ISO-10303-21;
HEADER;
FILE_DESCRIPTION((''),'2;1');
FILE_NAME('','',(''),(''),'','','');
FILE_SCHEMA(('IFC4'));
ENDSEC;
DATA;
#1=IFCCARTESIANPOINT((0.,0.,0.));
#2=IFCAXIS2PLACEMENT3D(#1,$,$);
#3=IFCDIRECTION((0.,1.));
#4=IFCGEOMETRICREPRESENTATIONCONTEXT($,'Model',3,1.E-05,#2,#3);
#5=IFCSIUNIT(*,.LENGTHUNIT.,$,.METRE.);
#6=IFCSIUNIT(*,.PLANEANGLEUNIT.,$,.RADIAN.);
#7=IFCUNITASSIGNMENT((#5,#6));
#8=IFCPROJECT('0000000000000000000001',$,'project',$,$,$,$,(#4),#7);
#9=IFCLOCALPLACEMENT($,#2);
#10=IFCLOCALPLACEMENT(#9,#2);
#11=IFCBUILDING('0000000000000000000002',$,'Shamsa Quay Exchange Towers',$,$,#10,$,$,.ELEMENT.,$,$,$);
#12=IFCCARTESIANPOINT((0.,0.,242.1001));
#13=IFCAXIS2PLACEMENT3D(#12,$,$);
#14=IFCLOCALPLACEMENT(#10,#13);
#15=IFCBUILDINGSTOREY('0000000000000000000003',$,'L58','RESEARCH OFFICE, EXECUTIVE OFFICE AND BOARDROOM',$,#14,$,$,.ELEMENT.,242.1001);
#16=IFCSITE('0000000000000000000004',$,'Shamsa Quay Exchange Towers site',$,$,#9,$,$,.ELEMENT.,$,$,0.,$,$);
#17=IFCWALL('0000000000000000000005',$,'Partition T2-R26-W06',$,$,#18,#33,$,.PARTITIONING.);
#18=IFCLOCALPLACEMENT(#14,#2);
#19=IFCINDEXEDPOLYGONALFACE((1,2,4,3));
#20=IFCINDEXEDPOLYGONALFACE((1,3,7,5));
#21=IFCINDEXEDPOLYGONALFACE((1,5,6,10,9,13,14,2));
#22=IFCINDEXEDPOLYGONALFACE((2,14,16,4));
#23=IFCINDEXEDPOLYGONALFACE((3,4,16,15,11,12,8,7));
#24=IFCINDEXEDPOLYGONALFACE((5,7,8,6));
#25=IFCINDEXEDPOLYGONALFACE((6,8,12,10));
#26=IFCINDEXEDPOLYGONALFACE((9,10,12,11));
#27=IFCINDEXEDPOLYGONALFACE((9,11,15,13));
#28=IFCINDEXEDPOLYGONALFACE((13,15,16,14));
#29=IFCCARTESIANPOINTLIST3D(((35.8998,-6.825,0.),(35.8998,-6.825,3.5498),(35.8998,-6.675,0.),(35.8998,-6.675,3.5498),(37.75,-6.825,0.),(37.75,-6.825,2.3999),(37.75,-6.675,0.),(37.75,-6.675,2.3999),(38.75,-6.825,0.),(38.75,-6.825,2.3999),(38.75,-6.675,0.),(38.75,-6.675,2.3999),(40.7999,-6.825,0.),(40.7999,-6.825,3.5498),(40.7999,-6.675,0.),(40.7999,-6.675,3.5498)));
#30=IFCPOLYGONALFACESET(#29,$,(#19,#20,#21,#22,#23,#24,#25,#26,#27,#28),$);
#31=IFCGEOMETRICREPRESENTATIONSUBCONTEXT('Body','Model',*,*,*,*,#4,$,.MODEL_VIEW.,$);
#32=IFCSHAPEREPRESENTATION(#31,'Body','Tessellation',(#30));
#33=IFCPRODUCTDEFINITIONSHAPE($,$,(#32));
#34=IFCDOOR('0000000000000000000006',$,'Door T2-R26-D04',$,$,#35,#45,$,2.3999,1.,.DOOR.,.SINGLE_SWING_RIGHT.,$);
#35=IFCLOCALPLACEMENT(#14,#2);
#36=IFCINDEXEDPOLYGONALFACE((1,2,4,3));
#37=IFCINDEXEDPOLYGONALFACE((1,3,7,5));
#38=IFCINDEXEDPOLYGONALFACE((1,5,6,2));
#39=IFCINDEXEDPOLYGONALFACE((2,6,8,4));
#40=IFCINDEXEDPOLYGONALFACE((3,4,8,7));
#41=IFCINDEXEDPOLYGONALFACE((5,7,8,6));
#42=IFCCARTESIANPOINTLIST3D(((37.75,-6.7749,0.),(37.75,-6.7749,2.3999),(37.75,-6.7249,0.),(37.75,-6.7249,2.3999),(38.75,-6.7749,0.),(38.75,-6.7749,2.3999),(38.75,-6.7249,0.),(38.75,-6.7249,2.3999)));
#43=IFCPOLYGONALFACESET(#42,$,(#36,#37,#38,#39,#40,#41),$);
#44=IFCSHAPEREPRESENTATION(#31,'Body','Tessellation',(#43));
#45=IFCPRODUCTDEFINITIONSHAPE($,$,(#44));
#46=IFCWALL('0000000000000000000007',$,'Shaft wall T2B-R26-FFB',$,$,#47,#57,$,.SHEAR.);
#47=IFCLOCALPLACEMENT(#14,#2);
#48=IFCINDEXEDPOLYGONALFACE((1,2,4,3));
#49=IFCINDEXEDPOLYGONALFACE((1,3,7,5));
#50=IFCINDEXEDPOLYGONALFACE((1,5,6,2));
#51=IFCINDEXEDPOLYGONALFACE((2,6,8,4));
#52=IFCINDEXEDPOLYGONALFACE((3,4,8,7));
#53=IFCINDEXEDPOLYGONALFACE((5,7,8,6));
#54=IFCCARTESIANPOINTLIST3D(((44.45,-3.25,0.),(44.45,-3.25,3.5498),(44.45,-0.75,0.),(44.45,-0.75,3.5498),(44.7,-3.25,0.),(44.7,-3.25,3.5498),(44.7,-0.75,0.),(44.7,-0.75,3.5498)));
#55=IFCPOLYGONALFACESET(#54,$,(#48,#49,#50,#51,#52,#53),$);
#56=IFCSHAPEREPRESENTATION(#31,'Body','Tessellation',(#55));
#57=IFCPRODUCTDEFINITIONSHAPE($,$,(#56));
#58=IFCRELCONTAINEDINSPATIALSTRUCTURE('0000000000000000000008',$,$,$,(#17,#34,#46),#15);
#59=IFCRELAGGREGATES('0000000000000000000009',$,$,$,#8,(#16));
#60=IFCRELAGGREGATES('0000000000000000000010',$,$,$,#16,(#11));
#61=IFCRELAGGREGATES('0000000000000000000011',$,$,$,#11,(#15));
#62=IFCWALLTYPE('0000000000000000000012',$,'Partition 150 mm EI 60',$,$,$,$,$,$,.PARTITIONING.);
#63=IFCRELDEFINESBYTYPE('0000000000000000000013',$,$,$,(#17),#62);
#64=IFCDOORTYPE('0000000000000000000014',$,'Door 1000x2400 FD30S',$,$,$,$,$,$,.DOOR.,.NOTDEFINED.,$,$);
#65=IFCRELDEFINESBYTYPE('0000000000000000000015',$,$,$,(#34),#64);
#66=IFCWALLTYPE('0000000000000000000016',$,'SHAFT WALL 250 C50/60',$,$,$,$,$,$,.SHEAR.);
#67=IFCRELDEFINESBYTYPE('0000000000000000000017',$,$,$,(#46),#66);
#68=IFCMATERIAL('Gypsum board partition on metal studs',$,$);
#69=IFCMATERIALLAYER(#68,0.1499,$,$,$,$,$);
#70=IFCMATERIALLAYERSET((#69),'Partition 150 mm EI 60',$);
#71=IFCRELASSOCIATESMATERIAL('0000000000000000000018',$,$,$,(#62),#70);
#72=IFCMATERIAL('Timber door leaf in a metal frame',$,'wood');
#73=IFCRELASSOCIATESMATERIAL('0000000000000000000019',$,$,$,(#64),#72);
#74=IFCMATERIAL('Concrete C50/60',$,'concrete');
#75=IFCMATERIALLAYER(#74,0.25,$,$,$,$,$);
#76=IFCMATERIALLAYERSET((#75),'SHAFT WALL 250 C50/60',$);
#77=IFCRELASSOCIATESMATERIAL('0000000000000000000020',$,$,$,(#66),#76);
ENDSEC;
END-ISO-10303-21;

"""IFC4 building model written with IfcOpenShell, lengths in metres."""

from ifc_helpers import new_model, si_unit, direction, frame, frame_2d, origin, place, context, subcontext, project, spatial, rectangle, extrude, material, layer, layer_set, type_object, element, fill, save


model = new_model("IFC4")

# Units and contexts
model_context = context("Model", 3, precision=1e-05, world=origin(), true_north=direction((0.0, 1.0)))
body_context = subcontext(model_context, "Body", "Model", "MODEL_VIEW")
ifc_project = project(units=[si_unit("LENGTHUNIT", "METRE"), si_unit("PLANEANGLEUNIT", "RADIAN")], contexts=[model_context])

# Site, building, storey
site_placement = place(None, origin())
site = spatial("IfcSite", under=ifc_project, at=site_placement, Name="Shamsa Quay Exchange Towers site", CompositionType="ELEMENT", RefElevation=0.0)
building_placement = place(site_placement, origin())
building = spatial("IfcBuilding", under=site, at=building_placement, Name="Shamsa Quay Exchange Towers", CompositionType="ELEMENT")
storey_placement = place(building_placement, frame((0.0, 0.0, 242.1001)))
storey = spatial("IfcBuildingStorey", under=building, at=storey_placement, Name="L58", Description="RESEARCH OFFICE, EXECUTIVE OFFICE AND BOARDROOM", CompositionType="ELEMENT", Elevation=242.1001)

# Wall, opening, door
ifc_material_1 = material(Name="Gypsum board partition on metal studs")
ifc_material_2 = material(Name="Timber door leaf in a metal frame", Category="wood")
ifc_layer_1 = layer(ifc_material_1, 0.1499)
ifc_layer_set_1 = layer_set([ifc_layer_1], Name="Partition 150 mm EI 60")
wall_type_1 = type_object("IfcWallType", Name="Partition 150 mm EI 60", PredefinedType="PARTITIONING", material=ifc_layer_set_1)
wall_1_placement = place(storey_placement, frame((40.8, -6.75, 0.0), z_axis=(0.0, 0.0, 1.0), x_axis=(-1.0, 0.0, 0.0)))
wall_1 = element("IfcWall", 1, at=wall_1_placement, inside=storey, type_object=wall_type_1, Name="Partition T2-R26-W06", PredefinedType="PARTITIONING", context=body_context, shape_type="SweptSolid", body=[
    extrude(rectangle(XDim=4.9001, YDim=0.1499, at=frame_2d((2.4502, 0.0))), origin(), (0.0, 0.0, 1.0), 3.5498),
])
opening_1_placement = place(wall_1_placement, frame((2.05, 0.0, 0.0)))
opening_1 = element("IfcOpeningElement", 2, at=opening_1_placement, cuts=wall_1, PredefinedType="OPENING", context=body_context, shape_type="SweptSolid", body=[
    extrude(rectangle(XDim=1.0, YDim=2.3999, at=frame_2d((0.5, 1.2))), frame((0.0, 0.085, 0.0), z_axis=(0.0, -1.0, 0.0), x_axis=(1.0, 0.0, 0.0)), (0.0, 0.0, 1.0), 0.1699),
])
door_type_1 = type_object("IfcDoorType", Name="Door 1000x2400 FD30S", OperationType="NOTDEFINED", PredefinedType="DOOR", material=ifc_material_2)
door_1_placement = place(opening_1_placement, origin())
door_1 = element("IfcDoor", 3, at=door_1_placement, inside=storey, type_object=door_type_1, Name="Door T2-R26-D04", OperationType="SINGLE_SWING_RIGHT", OverallHeight=2.3999, OverallWidth=1.0, PredefinedType="DOOR", context=body_context, shape_type="SweptSolid", body=[
    extrude(rectangle(XDim=1.0, YDim=2.3999, at=frame_2d((0.5, 1.2))), frame((0.0, 0.0249, 0.0), z_axis=(0.0, -1.0, 0.0), x_axis=(1.0, 0.0, 0.0)), (0.0, 0.0, 1.0), 0.05),
])
fill(opening_1, door_1)

# Wall
ifc_material_3 = material(Name="Concrete C50/60", Category="concrete")
ifc_layer_2 = layer(ifc_material_3, 0.25)
ifc_layer_set_2 = layer_set([ifc_layer_2], Name="SHAFT WALL 250 C50/60")
wall_type_2 = type_object("IfcWallType", Name="SHAFT WALL 250 C50/60", PredefinedType="SHEAR", material=ifc_layer_set_2)
wall_2_placement = place(storey_placement, frame((44.575, -3.25, 0.0), z_axis=(0.0, 0.0, 1.0), x_axis=(0.0, 1.0, 0.0)))
element("IfcWall", 4, at=wall_2_placement, inside=storey, type_object=wall_type_2, Name="Shaft wall T2B-R26-FFB", PredefinedType="SHEAR", context=body_context, shape_type="SweptSolid", body=[
    extrude(rectangle(XDim=2.5, YDim=0.25, at=frame_2d((1.25, 0.0))), origin(), (0.0, 0.0, 1.0), 3.5498),
])

save(model, "model.ifc")
